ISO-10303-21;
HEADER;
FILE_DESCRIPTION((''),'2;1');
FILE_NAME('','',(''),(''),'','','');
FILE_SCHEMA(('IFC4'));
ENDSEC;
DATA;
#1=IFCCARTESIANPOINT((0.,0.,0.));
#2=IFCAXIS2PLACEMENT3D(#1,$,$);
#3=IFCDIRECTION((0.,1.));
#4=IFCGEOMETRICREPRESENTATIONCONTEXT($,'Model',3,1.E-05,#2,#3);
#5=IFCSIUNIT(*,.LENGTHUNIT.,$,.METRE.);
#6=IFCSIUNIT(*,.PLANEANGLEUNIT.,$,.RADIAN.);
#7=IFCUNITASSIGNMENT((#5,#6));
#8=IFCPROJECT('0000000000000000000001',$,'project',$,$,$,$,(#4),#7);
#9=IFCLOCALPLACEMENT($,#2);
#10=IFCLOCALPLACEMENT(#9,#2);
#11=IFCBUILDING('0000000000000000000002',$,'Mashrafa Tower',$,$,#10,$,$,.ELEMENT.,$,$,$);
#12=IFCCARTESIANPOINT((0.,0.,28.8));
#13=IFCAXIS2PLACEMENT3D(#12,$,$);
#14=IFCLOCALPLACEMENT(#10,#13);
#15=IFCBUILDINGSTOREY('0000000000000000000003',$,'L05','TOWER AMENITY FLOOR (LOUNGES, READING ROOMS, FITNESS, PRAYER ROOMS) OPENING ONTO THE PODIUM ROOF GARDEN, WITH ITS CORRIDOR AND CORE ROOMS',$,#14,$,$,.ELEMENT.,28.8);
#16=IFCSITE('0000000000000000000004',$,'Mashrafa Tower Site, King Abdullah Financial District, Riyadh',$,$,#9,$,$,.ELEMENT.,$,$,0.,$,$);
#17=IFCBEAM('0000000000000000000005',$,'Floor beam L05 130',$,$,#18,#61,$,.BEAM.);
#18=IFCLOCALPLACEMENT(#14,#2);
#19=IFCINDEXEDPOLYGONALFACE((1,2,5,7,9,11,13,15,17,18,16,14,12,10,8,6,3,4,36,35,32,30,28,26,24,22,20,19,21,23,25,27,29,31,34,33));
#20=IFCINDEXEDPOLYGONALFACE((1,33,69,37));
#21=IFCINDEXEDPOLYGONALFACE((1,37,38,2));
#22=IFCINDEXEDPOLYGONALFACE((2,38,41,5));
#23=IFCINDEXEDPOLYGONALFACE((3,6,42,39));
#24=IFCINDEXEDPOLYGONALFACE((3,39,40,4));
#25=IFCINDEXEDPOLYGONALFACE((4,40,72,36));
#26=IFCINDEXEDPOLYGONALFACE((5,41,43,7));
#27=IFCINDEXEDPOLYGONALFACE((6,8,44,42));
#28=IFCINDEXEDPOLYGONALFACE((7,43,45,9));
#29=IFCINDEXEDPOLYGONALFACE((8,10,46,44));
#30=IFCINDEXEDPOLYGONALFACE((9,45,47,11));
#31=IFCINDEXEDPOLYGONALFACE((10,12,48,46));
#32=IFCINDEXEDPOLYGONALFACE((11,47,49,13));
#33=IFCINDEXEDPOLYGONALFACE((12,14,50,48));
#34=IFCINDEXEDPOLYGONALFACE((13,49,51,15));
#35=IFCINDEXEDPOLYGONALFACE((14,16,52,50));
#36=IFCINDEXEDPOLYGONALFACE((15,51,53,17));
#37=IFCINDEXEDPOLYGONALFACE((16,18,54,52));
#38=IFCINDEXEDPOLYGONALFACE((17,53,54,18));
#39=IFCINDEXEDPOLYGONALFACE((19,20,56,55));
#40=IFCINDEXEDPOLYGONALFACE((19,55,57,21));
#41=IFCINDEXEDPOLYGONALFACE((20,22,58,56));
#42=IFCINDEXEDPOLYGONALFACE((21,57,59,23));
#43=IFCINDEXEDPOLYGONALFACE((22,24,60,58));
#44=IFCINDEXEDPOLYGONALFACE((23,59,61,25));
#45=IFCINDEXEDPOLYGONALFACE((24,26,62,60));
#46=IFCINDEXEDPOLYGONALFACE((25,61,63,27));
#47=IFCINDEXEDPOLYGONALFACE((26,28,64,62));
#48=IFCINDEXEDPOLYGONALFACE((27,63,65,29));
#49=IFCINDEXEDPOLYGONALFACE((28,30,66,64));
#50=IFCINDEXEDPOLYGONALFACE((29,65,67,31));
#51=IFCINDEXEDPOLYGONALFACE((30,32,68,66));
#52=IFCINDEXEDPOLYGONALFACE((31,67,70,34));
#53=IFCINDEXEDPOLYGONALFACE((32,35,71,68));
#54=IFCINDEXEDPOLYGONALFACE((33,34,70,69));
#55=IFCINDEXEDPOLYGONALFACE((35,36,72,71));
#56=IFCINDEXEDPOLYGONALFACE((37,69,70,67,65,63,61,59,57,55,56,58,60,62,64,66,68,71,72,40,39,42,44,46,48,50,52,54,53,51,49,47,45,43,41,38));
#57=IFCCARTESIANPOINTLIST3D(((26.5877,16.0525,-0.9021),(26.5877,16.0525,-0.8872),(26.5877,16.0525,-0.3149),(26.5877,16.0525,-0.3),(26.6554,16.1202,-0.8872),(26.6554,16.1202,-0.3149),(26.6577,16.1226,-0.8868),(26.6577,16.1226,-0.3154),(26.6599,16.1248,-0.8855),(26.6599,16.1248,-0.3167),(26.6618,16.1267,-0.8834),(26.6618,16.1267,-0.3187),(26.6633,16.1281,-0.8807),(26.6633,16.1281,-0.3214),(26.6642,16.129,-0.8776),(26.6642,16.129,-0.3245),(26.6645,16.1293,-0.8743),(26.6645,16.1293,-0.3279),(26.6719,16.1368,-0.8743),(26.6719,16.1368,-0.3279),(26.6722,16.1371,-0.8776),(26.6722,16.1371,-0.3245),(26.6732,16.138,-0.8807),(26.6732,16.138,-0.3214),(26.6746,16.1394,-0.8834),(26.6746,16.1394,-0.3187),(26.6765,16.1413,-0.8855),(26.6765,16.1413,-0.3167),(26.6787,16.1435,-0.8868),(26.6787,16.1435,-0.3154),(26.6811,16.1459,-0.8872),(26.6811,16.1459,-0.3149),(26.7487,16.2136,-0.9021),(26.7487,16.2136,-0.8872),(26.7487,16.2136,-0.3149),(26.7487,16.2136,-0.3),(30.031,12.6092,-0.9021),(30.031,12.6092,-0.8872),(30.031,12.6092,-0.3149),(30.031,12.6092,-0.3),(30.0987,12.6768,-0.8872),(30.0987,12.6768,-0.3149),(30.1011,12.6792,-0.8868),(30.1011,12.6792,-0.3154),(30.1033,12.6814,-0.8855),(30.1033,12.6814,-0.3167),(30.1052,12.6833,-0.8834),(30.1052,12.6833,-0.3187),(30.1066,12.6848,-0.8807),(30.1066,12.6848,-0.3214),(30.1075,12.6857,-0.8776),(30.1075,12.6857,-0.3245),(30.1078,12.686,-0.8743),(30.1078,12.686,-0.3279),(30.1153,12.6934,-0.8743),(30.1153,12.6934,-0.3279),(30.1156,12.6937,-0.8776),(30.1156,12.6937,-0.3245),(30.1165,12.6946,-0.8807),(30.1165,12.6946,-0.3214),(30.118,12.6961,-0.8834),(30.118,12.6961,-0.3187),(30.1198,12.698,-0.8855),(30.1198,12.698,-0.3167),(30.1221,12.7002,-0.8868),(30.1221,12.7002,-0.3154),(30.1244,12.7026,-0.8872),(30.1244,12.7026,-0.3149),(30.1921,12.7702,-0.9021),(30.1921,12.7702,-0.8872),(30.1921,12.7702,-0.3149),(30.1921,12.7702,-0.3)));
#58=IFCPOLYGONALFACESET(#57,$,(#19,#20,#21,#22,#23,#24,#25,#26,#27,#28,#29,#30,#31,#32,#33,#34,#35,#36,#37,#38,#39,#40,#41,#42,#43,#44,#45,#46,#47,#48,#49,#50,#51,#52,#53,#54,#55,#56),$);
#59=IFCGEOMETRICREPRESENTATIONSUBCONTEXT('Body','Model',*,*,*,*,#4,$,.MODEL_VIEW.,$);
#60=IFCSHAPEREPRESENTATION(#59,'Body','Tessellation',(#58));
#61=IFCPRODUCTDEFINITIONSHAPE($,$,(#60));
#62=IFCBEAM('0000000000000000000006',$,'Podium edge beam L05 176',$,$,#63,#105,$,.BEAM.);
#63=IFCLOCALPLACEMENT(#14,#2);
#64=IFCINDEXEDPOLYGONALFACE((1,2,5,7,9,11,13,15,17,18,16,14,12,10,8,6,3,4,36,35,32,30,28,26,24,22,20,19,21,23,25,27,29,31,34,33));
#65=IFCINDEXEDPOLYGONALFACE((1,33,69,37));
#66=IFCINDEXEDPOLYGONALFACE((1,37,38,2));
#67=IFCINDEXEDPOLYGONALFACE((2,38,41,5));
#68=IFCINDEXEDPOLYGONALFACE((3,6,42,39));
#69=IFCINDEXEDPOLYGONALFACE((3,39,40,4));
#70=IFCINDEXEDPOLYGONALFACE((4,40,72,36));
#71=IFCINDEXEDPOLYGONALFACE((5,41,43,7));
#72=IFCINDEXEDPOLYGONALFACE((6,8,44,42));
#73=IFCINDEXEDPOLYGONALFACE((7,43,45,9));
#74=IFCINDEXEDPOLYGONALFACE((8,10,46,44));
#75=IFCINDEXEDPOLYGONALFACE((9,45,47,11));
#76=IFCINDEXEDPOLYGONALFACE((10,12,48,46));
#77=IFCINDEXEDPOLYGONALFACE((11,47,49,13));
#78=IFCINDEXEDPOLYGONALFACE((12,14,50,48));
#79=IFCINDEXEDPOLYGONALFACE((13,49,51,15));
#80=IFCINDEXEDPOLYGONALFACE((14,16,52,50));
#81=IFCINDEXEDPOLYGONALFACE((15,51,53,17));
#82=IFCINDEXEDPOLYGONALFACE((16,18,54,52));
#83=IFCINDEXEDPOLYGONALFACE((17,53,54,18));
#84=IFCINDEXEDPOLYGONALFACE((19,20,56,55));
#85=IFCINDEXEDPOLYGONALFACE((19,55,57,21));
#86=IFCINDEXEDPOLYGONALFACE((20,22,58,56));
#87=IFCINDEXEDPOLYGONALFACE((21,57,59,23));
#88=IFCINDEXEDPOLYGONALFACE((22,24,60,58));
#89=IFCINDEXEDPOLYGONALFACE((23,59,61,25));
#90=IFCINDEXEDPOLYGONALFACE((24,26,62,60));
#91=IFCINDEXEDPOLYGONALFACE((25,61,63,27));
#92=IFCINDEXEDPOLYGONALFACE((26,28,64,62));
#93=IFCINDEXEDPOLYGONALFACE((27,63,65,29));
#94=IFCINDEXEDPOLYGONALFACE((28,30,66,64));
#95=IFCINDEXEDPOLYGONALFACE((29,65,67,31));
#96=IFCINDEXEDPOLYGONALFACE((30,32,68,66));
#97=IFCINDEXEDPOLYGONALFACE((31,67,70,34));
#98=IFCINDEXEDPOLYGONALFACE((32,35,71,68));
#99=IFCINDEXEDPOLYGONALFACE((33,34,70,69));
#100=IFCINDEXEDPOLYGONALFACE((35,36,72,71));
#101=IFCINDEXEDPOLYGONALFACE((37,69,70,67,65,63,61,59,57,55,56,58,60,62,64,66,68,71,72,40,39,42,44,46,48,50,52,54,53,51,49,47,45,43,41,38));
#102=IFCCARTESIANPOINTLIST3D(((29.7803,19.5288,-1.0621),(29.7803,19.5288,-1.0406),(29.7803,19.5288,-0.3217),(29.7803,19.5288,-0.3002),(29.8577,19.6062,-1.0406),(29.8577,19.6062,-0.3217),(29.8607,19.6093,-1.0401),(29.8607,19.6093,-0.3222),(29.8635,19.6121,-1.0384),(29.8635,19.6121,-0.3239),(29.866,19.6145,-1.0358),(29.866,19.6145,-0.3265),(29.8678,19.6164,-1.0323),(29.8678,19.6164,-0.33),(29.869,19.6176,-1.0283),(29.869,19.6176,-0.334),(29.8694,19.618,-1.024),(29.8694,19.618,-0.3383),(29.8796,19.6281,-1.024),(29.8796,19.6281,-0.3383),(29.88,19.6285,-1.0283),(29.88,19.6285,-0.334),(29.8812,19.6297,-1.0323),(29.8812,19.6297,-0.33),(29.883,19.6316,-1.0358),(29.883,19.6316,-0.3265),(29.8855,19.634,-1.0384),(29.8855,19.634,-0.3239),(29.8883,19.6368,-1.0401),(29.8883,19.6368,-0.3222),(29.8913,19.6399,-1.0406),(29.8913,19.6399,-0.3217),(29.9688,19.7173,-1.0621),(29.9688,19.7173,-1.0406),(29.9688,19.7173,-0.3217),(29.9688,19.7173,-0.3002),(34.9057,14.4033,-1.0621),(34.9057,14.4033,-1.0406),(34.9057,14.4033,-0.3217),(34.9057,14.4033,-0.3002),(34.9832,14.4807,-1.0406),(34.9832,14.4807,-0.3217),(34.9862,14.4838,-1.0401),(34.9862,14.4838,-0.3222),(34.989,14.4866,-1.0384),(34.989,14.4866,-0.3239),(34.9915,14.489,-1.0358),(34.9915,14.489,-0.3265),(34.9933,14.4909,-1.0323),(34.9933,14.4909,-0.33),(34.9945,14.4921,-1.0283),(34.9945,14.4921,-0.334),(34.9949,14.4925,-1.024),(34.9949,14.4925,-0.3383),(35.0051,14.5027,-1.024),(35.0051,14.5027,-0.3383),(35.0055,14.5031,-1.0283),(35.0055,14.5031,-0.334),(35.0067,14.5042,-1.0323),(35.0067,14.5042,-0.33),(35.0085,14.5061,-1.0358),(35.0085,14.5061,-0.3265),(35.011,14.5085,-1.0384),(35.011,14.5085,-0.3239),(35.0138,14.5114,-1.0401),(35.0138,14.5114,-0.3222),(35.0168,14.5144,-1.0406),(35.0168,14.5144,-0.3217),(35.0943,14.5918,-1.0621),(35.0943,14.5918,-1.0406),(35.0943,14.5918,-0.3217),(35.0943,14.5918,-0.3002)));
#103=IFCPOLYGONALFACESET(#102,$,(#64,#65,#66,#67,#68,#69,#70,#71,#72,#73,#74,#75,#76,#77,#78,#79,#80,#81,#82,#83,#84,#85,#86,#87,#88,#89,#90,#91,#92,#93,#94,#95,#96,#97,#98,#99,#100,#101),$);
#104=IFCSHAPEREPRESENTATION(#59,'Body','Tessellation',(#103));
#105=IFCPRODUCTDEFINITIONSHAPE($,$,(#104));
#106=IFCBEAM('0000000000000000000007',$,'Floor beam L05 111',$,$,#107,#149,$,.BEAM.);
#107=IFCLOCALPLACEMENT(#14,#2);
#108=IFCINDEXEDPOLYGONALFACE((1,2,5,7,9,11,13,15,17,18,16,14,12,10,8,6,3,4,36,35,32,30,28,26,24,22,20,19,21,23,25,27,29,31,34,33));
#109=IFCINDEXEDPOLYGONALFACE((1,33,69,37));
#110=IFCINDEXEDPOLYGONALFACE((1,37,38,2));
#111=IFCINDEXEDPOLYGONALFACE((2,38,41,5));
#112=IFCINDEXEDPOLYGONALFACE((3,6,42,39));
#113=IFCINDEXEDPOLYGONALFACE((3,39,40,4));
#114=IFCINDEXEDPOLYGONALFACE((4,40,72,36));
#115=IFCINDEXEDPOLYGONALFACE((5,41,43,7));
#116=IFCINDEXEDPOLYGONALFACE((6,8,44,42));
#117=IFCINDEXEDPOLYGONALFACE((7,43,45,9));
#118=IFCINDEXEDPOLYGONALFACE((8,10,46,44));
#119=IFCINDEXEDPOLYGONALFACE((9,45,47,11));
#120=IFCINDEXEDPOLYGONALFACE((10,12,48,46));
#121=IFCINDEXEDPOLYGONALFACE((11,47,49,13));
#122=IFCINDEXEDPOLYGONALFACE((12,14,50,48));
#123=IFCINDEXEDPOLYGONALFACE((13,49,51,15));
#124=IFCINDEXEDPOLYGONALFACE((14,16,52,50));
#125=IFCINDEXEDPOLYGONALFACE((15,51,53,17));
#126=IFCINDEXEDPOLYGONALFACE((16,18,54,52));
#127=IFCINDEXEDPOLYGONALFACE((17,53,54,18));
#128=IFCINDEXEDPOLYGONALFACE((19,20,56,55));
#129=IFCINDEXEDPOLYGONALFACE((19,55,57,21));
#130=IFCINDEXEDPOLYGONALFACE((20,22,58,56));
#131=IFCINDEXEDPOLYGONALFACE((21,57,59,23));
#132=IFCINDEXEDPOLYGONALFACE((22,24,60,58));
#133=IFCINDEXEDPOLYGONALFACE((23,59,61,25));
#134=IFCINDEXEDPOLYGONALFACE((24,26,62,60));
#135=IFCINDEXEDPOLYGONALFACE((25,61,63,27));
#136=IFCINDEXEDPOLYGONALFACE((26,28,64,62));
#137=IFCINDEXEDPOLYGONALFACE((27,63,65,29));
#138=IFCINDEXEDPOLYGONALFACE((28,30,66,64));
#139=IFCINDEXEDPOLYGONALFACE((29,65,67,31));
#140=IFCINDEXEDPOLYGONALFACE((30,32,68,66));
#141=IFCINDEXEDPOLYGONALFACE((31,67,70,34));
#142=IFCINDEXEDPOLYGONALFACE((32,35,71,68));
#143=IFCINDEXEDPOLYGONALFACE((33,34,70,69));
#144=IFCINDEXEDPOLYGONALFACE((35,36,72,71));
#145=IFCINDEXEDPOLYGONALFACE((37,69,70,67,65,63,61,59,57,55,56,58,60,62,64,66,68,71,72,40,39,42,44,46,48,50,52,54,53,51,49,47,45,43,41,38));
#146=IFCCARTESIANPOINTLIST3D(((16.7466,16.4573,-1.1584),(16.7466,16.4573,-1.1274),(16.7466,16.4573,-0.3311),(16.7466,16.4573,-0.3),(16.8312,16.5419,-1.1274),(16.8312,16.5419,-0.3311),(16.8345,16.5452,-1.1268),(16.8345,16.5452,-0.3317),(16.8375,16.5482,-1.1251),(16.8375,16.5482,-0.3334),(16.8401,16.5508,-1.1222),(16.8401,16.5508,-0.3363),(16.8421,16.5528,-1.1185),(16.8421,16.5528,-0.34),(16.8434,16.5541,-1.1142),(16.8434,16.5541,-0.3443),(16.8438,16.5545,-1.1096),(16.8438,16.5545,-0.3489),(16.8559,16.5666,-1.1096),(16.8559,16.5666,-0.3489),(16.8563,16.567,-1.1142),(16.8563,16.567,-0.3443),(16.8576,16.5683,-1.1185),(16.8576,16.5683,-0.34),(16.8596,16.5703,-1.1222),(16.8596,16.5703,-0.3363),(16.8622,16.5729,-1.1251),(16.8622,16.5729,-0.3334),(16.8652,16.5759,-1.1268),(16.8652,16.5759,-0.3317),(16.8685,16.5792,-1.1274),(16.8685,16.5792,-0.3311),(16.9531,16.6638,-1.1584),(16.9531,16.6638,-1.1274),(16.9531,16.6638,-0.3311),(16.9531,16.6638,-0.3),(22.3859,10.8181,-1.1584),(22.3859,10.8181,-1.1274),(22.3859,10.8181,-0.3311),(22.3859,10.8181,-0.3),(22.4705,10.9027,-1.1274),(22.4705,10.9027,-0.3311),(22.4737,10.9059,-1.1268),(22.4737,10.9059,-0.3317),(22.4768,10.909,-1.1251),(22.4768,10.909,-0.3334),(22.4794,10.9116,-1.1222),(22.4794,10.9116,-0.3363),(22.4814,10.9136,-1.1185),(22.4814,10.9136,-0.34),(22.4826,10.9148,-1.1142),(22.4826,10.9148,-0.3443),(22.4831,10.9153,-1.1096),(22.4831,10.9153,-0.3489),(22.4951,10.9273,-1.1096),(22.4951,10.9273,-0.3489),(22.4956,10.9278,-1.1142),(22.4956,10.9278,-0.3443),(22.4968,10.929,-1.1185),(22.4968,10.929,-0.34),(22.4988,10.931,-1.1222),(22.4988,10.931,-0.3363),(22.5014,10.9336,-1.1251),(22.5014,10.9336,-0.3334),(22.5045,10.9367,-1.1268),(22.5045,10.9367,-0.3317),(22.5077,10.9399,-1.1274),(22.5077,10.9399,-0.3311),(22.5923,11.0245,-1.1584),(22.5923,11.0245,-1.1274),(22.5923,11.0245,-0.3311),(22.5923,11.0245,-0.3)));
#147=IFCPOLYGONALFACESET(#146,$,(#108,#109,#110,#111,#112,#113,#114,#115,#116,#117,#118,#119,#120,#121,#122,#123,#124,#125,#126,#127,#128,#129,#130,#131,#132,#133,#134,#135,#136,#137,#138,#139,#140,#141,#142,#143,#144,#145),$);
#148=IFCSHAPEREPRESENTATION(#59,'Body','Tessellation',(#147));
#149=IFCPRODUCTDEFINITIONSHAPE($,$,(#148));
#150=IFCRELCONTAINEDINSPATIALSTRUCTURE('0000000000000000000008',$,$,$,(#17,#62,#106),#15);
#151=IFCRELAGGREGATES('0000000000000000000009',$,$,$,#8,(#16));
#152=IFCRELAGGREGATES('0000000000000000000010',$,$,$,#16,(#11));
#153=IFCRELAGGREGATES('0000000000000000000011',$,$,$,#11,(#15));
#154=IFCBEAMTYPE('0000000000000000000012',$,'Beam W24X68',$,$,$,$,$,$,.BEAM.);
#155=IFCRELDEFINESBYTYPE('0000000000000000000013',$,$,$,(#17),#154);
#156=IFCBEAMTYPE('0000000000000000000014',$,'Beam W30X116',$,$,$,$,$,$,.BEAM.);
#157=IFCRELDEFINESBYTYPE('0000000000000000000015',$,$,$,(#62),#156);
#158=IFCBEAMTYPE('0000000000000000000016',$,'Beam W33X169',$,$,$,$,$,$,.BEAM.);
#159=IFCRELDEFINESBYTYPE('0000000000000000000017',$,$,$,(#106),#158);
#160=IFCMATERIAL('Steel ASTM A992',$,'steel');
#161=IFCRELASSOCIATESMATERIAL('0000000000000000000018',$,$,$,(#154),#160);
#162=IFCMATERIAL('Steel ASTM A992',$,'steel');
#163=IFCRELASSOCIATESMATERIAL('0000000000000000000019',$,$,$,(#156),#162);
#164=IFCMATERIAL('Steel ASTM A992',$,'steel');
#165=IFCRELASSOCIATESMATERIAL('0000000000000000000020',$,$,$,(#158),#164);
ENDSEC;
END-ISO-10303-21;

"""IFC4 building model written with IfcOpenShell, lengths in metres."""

from ifc_helpers import new_model, si_unit, direction, frame, origin, origin_2d, place, context, subcontext, project, spatial, i_section, extrude, material, material_profile, profile_set, type_object, element, save


model = new_model("IFC4")

# Units and contexts
model_context = context("Model", 3, precision=1e-05, world=origin(), true_north=direction((0.0, 1.0)))
body_context = subcontext(model_context, "Body", "Model", "MODEL_VIEW")
ifc_project = project(units=[si_unit("LENGTHUNIT", "METRE"), si_unit("PLANEANGLEUNIT", "RADIAN")], contexts=[model_context])

# Site, building, storey
site_placement = place(None, origin())
site = spatial("IfcSite", under=ifc_project, at=site_placement, Name="Mashrafa Tower Site, King Abdullah Financial District, Riyadh", CompositionType="ELEMENT", RefElevation=0.0)
building_placement = place(site_placement, origin())
building = spatial("IfcBuilding", under=site, at=building_placement, Name="Mashrafa Tower", CompositionType="ELEMENT")
storey_placement = place(building_placement, frame((0.0, 0.0, 28.8)))
storey = spatial("IfcBuildingStorey", under=building, at=storey_placement, Name="L05", Description="TOWER AMENITY FLOOR (LOUNGES, READING ROOMS, FITNESS, PRAYER ROOMS) OPENING ONTO THE PODIUM ROOF GARDEN, WITH ITS CORRIDOR AND CORE ROOMS", CompositionType="ELEMENT", Elevation=28.8)

# Beams
ifc_material_1 = material(Name="Steel ASTM A992", Category="steel")
ifc_material_profile_1 = material_profile(ifc_material_1, i_section(OverallWidth=0.2278, OverallDepth=0.6021, WebThickness=0.0105, FlangeThickness=0.0149, FilletRadius=0.0129, at=origin_2d()), Name="W24X68")
ifc_profile_set_1 = profile_set([ifc_material_profile_1], Name="Steel ASTM A992")
beam_type_1 = type_object("IfcBeamType", Name="Beam W24X68", PredefinedType="BEAM", material=ifc_profile_set_1)
beam_1_placement = place(storey_placement, frame((26.6682, 16.1331, -0.6011), z_axis=(0.707107, -0.707107, 0.0), x_axis=(0.707107, 0.707107, 0.0)))
element("IfcBeam", 1, at=beam_1_placement, inside=storey, type_object=beam_type_1, Name="Floor beam L05 130", PredefinedType="BEAM", context=body_context, shape_type="SweptSolid", body=[
    extrude(i_section(OverallWidth=0.2278, OverallDepth=0.6021, WebThickness=0.0105, FlangeThickness=0.0149, FilletRadius=0.0129, at=origin_2d()), origin(), (0.0, 0.0, 1.0), 4.8696),
])
ifc_material_2 = material(Name="Steel ASTM A992", Category="steel")
ifc_material_profile_2 = material_profile(ifc_material_2, i_section(OverallWidth=0.2666, OverallDepth=0.762, WebThickness=0.0144, FlangeThickness=0.0215, FilletRadius=0.0166, at=origin_2d()), Name="W30X116")
ifc_profile_set_2 = profile_set([ifc_material_profile_2], Name="Steel ASTM A992")
beam_type_2 = type_object("IfcBeamType", Name="Beam W30X116", PredefinedType="BEAM", material=ifc_profile_set_2)
beam_2_placement = place(storey_placement, frame((35.0, 14.4976, -0.6812), z_axis=(-0.707107, 0.707107, 0.0), x_axis=(-0.707107, -0.707107, 0.0)))
element("IfcBeam", 2, at=beam_2_placement, inside=storey, type_object=beam_type_2, Name="Podium edge beam L05 176", PredefinedType="BEAM", context=body_context, shape_type="SweptSolid", body=[
    extrude(i_section(OverallWidth=0.2666, OverallDepth=0.762, WebThickness=0.0144, FlangeThickness=0.0215, FilletRadius=0.0166, at=origin_2d()), origin(), (0.0, 0.0, 1.0), 7.2485),
])
ifc_material_3 = material(Name="Steel ASTM A992", Category="steel")
ifc_material_profile_3 = material_profile(ifc_material_3, i_section(OverallWidth=0.292, OverallDepth=0.8584, WebThickness=0.0171, FlangeThickness=0.031, FilletRadius=0.0178, at=origin_2d()), Name="W33X169")
ifc_profile_set_3 = profile_set([ifc_material_profile_3], Name="Steel ASTM A992")
beam_type_3 = type_object("IfcBeamType", Name="Beam W33X169", PredefinedType="BEAM", material=ifc_profile_set_3)
beam_3_placement = place(storey_placement, frame((16.8499, 16.5605, -0.7292), z_axis=(0.707107, -0.707107, 0.0), x_axis=(0.707107, 0.707107, 0.0)))
element("IfcBeam", 3, at=beam_3_placement, inside=storey, type_object=beam_type_3, Name="Floor beam L05 111", PredefinedType="BEAM", context=body_context, shape_type="SweptSolid", body=[
    extrude(i_section(OverallWidth=0.292, OverallDepth=0.8584, WebThickness=0.0171, FlangeThickness=0.031, FilletRadius=0.0178, at=origin_2d()), origin(), (0.0, 0.0, 1.0), 7.9751),
])

save(model, "model.ifc")
